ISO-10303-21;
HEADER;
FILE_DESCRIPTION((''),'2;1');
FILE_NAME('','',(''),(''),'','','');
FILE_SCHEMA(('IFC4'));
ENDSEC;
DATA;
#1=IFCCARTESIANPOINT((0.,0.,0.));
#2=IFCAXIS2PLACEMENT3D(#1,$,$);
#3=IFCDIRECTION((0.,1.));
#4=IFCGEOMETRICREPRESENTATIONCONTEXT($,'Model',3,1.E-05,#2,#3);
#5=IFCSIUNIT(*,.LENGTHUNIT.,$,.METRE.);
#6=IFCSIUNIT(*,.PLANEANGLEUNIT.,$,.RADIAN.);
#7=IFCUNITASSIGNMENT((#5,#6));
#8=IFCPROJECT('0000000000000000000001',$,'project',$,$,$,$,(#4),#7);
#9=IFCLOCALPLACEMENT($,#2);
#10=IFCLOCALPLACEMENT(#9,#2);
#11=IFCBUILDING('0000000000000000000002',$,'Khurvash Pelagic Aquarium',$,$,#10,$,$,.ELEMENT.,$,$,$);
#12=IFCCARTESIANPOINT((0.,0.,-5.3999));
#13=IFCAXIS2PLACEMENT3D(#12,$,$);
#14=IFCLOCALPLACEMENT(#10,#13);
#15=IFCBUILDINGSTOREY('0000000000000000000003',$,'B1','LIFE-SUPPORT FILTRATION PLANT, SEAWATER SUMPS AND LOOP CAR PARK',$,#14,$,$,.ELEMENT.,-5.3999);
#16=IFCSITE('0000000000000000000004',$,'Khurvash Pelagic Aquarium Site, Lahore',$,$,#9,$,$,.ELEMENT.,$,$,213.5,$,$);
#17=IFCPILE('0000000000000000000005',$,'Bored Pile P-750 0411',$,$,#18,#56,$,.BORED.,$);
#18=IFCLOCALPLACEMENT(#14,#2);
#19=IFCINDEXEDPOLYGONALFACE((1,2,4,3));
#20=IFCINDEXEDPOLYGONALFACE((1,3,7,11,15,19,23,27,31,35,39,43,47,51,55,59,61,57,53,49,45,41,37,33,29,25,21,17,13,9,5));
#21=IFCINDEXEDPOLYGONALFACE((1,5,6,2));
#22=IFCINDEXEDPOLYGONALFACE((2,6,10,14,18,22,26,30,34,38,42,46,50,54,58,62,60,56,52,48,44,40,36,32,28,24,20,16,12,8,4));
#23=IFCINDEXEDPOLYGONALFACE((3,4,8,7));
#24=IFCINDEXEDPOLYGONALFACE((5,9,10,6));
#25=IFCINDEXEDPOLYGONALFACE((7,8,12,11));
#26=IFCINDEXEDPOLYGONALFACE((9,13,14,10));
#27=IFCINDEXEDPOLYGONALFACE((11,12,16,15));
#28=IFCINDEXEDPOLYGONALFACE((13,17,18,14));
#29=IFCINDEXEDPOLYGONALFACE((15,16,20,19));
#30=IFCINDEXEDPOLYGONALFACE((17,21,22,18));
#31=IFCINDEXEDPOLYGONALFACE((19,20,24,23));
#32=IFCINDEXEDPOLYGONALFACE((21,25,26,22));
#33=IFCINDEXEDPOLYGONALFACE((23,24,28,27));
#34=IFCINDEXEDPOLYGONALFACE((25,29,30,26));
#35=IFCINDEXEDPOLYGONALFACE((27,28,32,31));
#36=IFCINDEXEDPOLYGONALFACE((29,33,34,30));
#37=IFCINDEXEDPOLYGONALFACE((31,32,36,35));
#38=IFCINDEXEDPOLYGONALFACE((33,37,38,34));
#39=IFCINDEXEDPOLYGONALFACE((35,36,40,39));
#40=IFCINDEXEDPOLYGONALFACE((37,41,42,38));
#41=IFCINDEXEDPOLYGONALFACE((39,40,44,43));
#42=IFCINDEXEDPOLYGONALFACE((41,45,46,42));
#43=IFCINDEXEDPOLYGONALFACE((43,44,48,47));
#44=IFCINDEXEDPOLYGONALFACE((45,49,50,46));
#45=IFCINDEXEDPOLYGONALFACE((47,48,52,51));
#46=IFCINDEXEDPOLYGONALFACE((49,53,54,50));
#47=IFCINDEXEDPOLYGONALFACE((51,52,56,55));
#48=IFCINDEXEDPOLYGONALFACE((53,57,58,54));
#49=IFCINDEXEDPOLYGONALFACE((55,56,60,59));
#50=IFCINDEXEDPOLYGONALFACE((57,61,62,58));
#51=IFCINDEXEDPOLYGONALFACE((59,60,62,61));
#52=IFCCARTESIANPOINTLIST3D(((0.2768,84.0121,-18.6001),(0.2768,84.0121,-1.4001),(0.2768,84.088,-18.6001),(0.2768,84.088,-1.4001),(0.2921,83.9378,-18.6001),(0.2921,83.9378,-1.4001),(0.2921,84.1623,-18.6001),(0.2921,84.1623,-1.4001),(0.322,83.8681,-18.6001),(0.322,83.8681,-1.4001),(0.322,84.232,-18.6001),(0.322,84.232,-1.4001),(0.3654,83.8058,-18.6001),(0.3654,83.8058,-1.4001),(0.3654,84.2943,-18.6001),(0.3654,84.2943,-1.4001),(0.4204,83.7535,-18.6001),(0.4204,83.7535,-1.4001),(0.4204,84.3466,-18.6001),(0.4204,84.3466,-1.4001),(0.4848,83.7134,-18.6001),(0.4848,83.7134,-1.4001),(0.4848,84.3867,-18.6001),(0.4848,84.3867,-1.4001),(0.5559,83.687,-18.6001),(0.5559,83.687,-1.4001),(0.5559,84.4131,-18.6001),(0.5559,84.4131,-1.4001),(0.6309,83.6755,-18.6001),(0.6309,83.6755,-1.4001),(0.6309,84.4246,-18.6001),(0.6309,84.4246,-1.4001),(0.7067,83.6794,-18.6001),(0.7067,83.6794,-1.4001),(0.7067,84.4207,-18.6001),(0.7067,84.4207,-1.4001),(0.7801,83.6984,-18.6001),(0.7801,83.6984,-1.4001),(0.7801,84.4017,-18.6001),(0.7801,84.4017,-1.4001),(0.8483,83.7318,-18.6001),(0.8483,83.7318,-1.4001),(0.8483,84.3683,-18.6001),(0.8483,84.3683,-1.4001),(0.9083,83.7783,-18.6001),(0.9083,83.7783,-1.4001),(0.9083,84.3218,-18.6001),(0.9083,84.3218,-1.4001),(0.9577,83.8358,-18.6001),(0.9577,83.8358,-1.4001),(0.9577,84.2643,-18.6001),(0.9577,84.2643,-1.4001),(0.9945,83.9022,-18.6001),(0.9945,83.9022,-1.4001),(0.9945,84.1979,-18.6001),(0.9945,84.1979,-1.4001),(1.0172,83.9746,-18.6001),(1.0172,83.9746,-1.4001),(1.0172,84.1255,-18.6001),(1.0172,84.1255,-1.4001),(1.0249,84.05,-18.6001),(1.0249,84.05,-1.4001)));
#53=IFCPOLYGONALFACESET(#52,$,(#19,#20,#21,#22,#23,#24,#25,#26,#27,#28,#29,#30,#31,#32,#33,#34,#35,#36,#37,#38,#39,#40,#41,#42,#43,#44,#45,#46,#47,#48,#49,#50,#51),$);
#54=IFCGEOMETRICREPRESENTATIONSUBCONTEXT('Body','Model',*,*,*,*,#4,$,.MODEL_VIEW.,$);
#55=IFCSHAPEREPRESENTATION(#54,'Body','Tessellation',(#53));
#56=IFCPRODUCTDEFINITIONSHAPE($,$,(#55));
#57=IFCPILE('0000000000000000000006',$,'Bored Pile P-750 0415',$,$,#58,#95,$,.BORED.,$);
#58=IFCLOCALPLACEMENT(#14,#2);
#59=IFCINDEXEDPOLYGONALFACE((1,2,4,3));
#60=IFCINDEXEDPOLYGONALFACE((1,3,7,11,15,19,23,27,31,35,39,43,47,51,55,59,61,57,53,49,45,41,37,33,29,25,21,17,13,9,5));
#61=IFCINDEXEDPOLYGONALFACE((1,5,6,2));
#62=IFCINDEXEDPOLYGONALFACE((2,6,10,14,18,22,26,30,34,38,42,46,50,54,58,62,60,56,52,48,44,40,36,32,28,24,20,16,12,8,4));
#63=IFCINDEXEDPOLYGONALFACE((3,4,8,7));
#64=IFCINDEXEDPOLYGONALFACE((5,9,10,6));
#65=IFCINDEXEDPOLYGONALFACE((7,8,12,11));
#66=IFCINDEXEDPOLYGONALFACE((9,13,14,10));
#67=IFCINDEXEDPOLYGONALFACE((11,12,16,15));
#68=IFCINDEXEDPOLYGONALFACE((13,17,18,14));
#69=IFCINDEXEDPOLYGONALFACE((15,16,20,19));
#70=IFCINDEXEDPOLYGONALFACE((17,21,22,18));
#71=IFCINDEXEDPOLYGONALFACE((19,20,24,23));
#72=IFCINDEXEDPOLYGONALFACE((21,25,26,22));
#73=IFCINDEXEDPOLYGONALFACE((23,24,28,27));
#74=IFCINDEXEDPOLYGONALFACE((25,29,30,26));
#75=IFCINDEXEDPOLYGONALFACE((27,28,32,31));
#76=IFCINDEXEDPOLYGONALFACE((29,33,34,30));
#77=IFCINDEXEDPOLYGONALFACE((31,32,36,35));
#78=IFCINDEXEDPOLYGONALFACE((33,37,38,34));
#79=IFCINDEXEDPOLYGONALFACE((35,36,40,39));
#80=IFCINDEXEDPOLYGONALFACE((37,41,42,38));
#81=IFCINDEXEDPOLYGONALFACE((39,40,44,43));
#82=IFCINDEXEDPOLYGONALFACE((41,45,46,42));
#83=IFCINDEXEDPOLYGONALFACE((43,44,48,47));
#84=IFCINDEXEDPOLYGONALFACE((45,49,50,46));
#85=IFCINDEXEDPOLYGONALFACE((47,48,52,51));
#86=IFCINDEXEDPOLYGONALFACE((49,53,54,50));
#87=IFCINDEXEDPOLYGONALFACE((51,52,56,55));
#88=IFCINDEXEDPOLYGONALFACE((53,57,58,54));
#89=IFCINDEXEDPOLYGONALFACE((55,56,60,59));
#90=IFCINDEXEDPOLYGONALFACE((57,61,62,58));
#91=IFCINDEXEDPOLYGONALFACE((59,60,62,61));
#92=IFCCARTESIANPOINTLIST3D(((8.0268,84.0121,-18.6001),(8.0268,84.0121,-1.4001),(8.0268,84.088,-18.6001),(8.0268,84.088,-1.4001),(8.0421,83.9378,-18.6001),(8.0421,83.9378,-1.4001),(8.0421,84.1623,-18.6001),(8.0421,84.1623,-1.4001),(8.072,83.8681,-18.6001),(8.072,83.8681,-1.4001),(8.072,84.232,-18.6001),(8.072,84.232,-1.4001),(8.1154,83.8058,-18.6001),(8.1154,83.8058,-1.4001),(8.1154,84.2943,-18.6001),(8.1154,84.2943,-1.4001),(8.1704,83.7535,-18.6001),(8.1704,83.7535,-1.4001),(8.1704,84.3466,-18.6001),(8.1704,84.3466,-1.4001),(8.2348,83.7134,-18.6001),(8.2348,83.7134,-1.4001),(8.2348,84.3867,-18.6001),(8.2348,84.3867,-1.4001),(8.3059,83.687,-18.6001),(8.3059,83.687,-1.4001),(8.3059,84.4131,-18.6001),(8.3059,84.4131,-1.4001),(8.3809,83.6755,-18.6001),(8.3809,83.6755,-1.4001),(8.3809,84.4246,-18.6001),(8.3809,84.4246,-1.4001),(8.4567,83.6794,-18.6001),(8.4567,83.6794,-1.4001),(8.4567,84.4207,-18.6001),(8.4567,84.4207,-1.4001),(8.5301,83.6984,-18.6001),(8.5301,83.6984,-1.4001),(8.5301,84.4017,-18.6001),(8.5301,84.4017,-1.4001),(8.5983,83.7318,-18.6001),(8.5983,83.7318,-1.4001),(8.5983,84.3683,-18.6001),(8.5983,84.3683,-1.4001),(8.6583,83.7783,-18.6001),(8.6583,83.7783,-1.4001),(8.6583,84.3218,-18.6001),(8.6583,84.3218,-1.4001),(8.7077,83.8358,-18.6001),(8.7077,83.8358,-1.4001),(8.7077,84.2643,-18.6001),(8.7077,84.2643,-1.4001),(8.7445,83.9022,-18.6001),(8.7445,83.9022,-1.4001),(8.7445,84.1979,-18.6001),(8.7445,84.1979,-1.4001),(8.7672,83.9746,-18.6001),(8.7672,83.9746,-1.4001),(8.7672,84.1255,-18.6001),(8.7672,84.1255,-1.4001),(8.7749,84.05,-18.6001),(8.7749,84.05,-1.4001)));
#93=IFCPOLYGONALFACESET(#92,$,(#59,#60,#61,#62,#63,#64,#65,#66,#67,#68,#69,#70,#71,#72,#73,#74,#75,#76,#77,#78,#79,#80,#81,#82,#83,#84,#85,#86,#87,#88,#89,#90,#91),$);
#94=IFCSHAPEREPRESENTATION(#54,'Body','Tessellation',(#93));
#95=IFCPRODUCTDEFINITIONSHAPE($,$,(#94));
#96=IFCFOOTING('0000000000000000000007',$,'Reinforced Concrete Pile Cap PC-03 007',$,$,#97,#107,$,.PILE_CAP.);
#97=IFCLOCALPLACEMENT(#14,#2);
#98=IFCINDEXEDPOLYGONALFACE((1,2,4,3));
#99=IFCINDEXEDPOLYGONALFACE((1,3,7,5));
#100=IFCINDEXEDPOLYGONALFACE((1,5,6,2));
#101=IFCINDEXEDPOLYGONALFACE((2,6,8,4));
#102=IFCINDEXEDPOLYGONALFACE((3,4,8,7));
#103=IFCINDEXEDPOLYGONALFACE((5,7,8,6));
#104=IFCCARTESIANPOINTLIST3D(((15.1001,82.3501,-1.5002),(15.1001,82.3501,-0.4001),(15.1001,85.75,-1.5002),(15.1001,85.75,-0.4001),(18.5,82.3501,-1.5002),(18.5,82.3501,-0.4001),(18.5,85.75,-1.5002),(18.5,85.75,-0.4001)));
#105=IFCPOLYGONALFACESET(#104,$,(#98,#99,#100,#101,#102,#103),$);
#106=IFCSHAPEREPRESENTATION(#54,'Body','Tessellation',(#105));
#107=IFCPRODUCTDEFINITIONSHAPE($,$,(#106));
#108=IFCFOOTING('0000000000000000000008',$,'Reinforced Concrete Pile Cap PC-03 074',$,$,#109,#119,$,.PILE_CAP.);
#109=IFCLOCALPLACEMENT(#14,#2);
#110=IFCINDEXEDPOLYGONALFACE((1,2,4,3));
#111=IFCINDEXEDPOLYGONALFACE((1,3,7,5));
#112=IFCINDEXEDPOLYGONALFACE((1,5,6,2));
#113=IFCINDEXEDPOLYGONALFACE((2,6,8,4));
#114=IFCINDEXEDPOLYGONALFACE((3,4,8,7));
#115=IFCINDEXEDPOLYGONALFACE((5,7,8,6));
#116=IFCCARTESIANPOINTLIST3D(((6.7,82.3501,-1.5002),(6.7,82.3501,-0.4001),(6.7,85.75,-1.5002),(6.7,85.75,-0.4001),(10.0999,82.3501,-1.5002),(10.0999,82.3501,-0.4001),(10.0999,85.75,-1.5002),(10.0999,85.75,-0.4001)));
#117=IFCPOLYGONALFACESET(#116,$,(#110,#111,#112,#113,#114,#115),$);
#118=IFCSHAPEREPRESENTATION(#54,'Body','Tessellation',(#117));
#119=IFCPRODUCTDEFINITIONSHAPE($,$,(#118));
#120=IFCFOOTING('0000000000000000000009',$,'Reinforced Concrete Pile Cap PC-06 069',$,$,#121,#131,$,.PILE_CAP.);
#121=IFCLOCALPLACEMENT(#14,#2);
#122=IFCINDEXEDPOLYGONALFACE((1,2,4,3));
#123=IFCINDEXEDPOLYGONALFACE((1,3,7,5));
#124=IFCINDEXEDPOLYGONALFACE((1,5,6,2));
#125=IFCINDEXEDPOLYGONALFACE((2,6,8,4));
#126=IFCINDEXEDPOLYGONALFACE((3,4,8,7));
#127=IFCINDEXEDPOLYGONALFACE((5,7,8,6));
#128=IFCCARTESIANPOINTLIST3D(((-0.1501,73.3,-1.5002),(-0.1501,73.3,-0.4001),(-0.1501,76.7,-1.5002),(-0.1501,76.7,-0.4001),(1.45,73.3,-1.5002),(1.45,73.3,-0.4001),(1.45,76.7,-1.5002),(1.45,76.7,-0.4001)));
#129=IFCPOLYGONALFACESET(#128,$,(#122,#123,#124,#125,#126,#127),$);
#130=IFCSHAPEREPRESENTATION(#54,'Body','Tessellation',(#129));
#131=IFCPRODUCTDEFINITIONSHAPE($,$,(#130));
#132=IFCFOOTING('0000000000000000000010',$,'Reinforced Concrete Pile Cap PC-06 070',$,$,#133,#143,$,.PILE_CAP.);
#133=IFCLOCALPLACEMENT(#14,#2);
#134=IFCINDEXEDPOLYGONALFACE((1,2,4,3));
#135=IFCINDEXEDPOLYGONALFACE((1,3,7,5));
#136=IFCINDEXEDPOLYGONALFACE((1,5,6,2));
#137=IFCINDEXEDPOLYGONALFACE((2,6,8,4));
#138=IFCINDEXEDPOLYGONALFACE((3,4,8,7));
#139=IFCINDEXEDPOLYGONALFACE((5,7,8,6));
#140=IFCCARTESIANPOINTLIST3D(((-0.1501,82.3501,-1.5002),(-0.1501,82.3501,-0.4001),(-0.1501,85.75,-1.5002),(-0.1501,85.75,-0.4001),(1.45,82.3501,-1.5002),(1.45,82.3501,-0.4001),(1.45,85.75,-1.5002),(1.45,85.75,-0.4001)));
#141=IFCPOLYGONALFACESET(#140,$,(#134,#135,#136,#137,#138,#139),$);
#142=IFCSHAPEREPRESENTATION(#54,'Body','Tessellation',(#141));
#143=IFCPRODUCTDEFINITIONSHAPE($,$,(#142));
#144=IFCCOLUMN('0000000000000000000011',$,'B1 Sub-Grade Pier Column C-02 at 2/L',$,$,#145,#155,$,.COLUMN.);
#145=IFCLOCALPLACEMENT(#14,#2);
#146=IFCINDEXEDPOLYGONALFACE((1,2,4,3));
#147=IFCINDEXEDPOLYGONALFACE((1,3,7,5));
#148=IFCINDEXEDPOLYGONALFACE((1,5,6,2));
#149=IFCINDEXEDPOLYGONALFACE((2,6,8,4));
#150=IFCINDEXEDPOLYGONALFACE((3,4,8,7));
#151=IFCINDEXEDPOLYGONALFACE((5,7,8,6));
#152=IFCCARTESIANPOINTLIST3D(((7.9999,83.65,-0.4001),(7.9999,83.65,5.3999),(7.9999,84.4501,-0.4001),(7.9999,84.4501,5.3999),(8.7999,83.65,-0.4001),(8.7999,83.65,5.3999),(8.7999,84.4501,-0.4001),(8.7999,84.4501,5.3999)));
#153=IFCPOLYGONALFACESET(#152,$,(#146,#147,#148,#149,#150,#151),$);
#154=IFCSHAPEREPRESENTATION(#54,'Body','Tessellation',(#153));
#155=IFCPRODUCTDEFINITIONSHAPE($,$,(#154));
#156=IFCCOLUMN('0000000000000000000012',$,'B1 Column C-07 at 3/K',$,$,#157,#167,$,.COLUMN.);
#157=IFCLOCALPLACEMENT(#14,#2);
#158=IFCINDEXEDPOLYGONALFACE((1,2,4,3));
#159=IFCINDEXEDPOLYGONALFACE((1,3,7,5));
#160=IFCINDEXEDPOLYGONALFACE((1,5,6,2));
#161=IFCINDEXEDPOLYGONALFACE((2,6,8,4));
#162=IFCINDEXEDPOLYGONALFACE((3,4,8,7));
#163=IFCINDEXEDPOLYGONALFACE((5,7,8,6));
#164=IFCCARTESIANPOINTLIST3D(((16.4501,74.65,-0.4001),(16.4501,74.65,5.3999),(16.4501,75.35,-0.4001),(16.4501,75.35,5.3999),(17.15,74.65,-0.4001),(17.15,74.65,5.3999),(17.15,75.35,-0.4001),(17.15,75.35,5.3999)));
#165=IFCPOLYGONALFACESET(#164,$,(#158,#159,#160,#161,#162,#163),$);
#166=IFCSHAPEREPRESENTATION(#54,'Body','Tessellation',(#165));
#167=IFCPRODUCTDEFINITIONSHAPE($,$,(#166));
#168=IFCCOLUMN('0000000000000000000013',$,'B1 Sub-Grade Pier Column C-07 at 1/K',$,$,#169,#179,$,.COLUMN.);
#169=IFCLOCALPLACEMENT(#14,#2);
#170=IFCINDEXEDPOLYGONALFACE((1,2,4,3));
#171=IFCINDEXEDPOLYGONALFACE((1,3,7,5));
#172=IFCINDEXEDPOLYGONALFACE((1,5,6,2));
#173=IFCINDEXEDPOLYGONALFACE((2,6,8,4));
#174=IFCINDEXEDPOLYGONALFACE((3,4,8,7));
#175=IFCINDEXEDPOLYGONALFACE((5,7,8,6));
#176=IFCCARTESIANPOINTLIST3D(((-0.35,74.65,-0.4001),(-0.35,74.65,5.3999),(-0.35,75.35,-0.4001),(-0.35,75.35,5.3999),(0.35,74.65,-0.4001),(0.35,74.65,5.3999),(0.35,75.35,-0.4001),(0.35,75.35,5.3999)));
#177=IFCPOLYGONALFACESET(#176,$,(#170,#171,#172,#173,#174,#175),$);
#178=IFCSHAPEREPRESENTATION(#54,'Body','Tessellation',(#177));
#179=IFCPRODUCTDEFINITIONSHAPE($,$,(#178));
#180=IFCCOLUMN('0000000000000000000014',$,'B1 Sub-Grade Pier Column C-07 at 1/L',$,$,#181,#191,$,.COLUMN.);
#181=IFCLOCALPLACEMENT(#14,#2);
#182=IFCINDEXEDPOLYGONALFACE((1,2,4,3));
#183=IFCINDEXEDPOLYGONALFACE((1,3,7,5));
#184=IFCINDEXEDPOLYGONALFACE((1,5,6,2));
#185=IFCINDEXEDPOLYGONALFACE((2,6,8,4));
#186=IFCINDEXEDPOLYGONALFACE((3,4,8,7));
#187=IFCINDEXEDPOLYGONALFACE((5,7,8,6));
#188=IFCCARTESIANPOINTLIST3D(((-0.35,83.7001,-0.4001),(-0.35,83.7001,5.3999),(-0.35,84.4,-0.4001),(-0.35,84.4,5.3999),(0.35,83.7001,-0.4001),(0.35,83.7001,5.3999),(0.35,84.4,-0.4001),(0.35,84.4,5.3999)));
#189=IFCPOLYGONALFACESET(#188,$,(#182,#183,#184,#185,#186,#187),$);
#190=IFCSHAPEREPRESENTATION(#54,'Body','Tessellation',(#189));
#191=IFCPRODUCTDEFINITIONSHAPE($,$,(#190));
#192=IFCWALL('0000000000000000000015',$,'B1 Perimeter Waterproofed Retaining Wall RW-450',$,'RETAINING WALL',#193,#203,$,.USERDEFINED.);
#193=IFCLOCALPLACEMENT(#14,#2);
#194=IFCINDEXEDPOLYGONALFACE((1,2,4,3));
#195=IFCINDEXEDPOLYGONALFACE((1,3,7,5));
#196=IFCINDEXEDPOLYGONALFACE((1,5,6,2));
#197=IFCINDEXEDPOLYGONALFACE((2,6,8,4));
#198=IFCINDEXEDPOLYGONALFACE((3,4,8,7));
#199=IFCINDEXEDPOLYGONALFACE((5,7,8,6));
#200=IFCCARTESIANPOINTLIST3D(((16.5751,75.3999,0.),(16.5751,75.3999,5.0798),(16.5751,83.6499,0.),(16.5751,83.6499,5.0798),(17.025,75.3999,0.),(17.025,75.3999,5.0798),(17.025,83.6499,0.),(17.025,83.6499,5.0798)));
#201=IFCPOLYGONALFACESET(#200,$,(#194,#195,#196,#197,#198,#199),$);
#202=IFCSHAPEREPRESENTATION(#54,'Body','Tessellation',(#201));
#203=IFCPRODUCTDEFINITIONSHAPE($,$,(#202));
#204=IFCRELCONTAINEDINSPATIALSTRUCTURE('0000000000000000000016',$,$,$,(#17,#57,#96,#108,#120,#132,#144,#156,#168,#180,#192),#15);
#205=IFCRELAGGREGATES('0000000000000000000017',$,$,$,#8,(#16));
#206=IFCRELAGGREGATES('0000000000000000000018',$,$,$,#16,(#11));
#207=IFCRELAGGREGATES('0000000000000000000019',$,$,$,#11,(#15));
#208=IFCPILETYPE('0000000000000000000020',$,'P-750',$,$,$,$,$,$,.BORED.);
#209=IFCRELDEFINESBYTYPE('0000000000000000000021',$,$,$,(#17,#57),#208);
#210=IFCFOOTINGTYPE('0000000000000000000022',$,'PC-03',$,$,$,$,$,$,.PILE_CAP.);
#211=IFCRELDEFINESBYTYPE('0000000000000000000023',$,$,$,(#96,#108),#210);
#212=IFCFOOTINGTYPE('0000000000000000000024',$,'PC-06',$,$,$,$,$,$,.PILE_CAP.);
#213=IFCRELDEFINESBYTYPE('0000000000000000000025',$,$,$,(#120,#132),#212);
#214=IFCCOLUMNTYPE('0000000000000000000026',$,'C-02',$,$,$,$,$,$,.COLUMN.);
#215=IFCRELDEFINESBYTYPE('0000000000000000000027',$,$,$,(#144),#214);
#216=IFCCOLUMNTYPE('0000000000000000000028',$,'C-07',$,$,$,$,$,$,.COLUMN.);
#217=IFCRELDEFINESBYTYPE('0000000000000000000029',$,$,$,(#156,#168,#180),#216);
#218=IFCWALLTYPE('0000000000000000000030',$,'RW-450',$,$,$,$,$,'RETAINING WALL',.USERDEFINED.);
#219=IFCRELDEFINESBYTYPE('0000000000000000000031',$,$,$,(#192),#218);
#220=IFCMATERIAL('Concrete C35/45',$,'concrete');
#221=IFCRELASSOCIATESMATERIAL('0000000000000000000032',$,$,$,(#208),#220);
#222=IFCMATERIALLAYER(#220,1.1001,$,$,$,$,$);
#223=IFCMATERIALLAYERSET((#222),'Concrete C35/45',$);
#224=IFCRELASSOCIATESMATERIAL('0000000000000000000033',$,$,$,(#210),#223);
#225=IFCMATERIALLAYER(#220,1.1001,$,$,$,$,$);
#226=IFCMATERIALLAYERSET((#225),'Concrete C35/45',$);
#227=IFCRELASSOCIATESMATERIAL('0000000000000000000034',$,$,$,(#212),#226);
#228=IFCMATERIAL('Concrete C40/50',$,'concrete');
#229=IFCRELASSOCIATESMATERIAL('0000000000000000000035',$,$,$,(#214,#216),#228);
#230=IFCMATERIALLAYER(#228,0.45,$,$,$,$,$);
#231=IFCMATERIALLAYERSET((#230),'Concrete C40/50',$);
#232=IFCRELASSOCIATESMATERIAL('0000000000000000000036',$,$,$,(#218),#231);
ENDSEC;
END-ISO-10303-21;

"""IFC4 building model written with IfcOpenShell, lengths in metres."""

from ifc_helpers import new_model, si_unit, direction, frame, frame_2d, origin, origin_2d, place, context, subcontext, project, spatial, rectangle, circle, extrude, material, layer, layer_set, material_profile, profile_set, type_object, element, save


model = new_model("IFC4")

# Units and contexts
model_context = context("Model", 3, precision=1e-05, world=origin(), true_north=direction((0.0, 1.0)))
body_context = subcontext(model_context, "Body", "Model", "MODEL_VIEW")
ifc_project = project(units=[si_unit("LENGTHUNIT", "METRE"), si_unit("PLANEANGLEUNIT", "RADIAN")], contexts=[model_context])

# Site, building, storey
site_placement = place(None, origin())
site = spatial("IfcSite", under=ifc_project, at=site_placement, Name="Khurvash Pelagic Aquarium Site, Lahore", CompositionType="ELEMENT", RefElevation=213.5)
building_placement = place(site_placement, origin())
building = spatial("IfcBuilding", under=site, at=building_placement, Name="Khurvash Pelagic Aquarium", CompositionType="ELEMENT")
storey_placement = place(building_placement, frame((0.0, 0.0, -5.3999)))
storey = spatial("IfcBuildingStorey", under=building, at=storey_placement, Name="B1", Description="LIFE-SUPPORT FILTRATION PLANT, SEAWATER SUMPS AND LOOP CAR PARK", CompositionType="ELEMENT", Elevation=-5.3999)

# Shared definitions
ifc_material_1 = material(Name="Concrete C35/45", Category="concrete")

# Piles
ifc_material_profile_1 = material_profile(ifc_material_1, circle(Radius=0.375, at=origin_2d()), Name="PILE750")
ifc_profile_set_1 = profile_set([ifc_material_profile_1], Name="Concrete C35/45")
pile_type = type_object("IfcPileType", Name="P-750", PredefinedType="BORED", material=ifc_profile_set_1)
for number, where, z_axis, x_axis, name in (
    (1, (0.6499, 84.05, -1.4001), (0.0, 0.0, -1.0), (1.0, 0.0, 0.0), "Bored Pile P-750 0411"),
    (2, (8.3999, 84.05, -1.4001), (0.0, 0.0, -1.0), (1.0, 0.0, 0.0), "Bored Pile P-750 0415"),
):
    element("IfcPile", number, at=place(storey_placement, frame(where, z_axis=z_axis, x_axis=x_axis)), inside=storey, type_object=pile_type, Name=name, PredefinedType="BORED", context=body_context, shape_type="SweptSolid", body=[
        extrude(circle(Radius=0.375, at=origin_2d()), origin(), (0.0, 0.0, 1.0), 17.2),
    ])

# Footings
ifc_layer_1 = layer(ifc_material_1, 1.1001)
ifc_layer_set_1 = layer_set([ifc_layer_1], Name="Concrete C35/45")
footing_type_1 = type_object("IfcFootingType", Name="PC-03", PredefinedType="PILE_CAP", material=ifc_layer_set_1)
for number, where, z_axis, x_axis, name in (
    (3, (16.8, 84.05, -1.5002), (0.0, 0.0, 1.0), (1.0, 0.0, 0.0), "Reinforced Concrete Pile Cap PC-03 007"),
    (4, (8.3999, 84.05, -1.5002), (0.0, 0.0, 1.0), (1.0, 0.0, 0.0), "Reinforced Concrete Pile Cap PC-03 074"),
):
    element("IfcFooting", number, at=place(storey_placement, frame(where, z_axis=z_axis, x_axis=x_axis)), inside=storey, type_object=footing_type_1, Name=name, PredefinedType="PILE_CAP", context=body_context, shape_type="SweptSolid", body=[
        extrude(rectangle(XDim=3.3999, YDim=3.3999, at=origin_2d()), origin(), (0.0, 0.0, 1.0), 1.1001),
    ])
ifc_layer_2 = layer(ifc_material_1, 1.1001)
ifc_layer_set_2 = layer_set([ifc_layer_2], Name="Concrete C35/45")
footing_type_2 = type_object("IfcFootingType", Name="PC-06", PredefinedType="PILE_CAP", material=ifc_layer_set_2)
for number, where, z_axis, x_axis, name in (
    (5, (0.6499, 75.0, -1.5002), (0.0, 0.0, 1.0), (1.0, 0.0, 0.0), "Reinforced Concrete Pile Cap PC-06 069"),
    (6, (0.6499, 84.05, -1.5002), (0.0, 0.0, 1.0), (1.0, 0.0, 0.0), "Reinforced Concrete Pile Cap PC-06 070"),
):
    element("IfcFooting", number, at=place(storey_placement, frame(where, z_axis=z_axis, x_axis=x_axis)), inside=storey, type_object=footing_type_2, Name=name, PredefinedType="PILE_CAP", context=body_context, shape_type="SweptSolid", body=[
        extrude(rectangle(XDim=1.6001, YDim=3.3999, at=origin_2d()), origin(), (0.0, 0.0, 1.0), 1.1001),
    ])

# Columns
ifc_material_2 = material(Name="Concrete C40/50", Category="concrete")
ifc_material_profile_2 = material_profile(ifc_material_2, rectangle(XDim=0.8, YDim=0.8, at=origin_2d()), Name="RC800X800")
ifc_profile_set_2 = profile_set([ifc_material_profile_2], Name="Concrete C40/50")
column_type_1 = type_object("IfcColumnType", Name="C-02", PredefinedType="COLUMN", material=ifc_profile_set_2)
column_placement = place(storey_placement, frame((8.3999, 84.05, -0.4001), z_axis=(0.0, 0.0, 1.0), x_axis=(1.0, 0.0, 0.0)))
element("IfcColumn", 7, at=column_placement, inside=storey, type_object=column_type_1, Name="B1 Sub-Grade Pier Column C-02 at 2/L", PredefinedType="COLUMN", context=body_context, shape_type="SweptSolid", body=[
    extrude(rectangle(XDim=0.8, YDim=0.8, at=origin_2d()), origin(), (0.0, 0.0, 1.0), 5.8),
])
ifc_material_profile_3 = material_profile(ifc_material_2, rectangle(XDim=0.7, YDim=0.7, at=origin_2d()), Name="RC700X700")
ifc_profile_set_3 = profile_set([ifc_material_profile_3], Name="Concrete C40/50")
column_type_2 = type_object("IfcColumnType", Name="C-07", PredefinedType="COLUMN", material=ifc_profile_set_3)
for number, where, z_axis, x_axis, name in (
    (8, (16.8, 75.0, -0.4001), (0.0, 0.0, 1.0), (1.0, 0.0, 0.0), "B1 Column C-07 at 3/K"),
    (9, (0.0, 75.0, -0.4001), (0.0, 0.0, 1.0), (1.0, 0.0, 0.0), "B1 Sub-Grade Pier Column C-07 at 1/K"),
    (10, (0.0, 84.05, -0.4001), (0.0, 0.0, 1.0), (1.0, 0.0, 0.0), "B1 Sub-Grade Pier Column C-07 at 1/L"),
):
    element("IfcColumn", number, at=place(storey_placement, frame(where, z_axis=z_axis, x_axis=x_axis)), inside=storey, type_object=column_type_2, Name=name, PredefinedType="COLUMN", context=body_context, shape_type="SweptSolid", body=[
        extrude(rectangle(XDim=0.7, YDim=0.7, at=origin_2d()), origin(), (0.0, 0.0, 1.0), 5.8),
    ])

# Wall
ifc_layer_3 = layer(ifc_material_2, 0.45)
ifc_layer_set_3 = layer_set([ifc_layer_3], Name="Concrete C40/50")
wall_type = type_object("IfcWallType", Name="RW-450", ElementType="RETAINING WALL", PredefinedType="USERDEFINED", material=ifc_layer_set_3)
wall_placement = place(storey_placement, frame((16.8, 75.3999, 0.0), z_axis=(0.0, 0.0, 1.0), x_axis=(0.0, 1.0, 0.0)))
element("IfcWall", 11, at=wall_placement, inside=storey, type_object=wall_type, Name="B1 Perimeter Waterproofed Retaining Wall RW-450", ObjectType="RETAINING WALL", PredefinedType="USERDEFINED", context=body_context, shape_type="SweptSolid", body=[
    extrude(rectangle(XDim=8.25, YDim=0.45, at=frame_2d((4.125, 0.0))), origin(), (0.0, 0.0, 1.0), 5.0798),
])

save(model, "model.ifc")
